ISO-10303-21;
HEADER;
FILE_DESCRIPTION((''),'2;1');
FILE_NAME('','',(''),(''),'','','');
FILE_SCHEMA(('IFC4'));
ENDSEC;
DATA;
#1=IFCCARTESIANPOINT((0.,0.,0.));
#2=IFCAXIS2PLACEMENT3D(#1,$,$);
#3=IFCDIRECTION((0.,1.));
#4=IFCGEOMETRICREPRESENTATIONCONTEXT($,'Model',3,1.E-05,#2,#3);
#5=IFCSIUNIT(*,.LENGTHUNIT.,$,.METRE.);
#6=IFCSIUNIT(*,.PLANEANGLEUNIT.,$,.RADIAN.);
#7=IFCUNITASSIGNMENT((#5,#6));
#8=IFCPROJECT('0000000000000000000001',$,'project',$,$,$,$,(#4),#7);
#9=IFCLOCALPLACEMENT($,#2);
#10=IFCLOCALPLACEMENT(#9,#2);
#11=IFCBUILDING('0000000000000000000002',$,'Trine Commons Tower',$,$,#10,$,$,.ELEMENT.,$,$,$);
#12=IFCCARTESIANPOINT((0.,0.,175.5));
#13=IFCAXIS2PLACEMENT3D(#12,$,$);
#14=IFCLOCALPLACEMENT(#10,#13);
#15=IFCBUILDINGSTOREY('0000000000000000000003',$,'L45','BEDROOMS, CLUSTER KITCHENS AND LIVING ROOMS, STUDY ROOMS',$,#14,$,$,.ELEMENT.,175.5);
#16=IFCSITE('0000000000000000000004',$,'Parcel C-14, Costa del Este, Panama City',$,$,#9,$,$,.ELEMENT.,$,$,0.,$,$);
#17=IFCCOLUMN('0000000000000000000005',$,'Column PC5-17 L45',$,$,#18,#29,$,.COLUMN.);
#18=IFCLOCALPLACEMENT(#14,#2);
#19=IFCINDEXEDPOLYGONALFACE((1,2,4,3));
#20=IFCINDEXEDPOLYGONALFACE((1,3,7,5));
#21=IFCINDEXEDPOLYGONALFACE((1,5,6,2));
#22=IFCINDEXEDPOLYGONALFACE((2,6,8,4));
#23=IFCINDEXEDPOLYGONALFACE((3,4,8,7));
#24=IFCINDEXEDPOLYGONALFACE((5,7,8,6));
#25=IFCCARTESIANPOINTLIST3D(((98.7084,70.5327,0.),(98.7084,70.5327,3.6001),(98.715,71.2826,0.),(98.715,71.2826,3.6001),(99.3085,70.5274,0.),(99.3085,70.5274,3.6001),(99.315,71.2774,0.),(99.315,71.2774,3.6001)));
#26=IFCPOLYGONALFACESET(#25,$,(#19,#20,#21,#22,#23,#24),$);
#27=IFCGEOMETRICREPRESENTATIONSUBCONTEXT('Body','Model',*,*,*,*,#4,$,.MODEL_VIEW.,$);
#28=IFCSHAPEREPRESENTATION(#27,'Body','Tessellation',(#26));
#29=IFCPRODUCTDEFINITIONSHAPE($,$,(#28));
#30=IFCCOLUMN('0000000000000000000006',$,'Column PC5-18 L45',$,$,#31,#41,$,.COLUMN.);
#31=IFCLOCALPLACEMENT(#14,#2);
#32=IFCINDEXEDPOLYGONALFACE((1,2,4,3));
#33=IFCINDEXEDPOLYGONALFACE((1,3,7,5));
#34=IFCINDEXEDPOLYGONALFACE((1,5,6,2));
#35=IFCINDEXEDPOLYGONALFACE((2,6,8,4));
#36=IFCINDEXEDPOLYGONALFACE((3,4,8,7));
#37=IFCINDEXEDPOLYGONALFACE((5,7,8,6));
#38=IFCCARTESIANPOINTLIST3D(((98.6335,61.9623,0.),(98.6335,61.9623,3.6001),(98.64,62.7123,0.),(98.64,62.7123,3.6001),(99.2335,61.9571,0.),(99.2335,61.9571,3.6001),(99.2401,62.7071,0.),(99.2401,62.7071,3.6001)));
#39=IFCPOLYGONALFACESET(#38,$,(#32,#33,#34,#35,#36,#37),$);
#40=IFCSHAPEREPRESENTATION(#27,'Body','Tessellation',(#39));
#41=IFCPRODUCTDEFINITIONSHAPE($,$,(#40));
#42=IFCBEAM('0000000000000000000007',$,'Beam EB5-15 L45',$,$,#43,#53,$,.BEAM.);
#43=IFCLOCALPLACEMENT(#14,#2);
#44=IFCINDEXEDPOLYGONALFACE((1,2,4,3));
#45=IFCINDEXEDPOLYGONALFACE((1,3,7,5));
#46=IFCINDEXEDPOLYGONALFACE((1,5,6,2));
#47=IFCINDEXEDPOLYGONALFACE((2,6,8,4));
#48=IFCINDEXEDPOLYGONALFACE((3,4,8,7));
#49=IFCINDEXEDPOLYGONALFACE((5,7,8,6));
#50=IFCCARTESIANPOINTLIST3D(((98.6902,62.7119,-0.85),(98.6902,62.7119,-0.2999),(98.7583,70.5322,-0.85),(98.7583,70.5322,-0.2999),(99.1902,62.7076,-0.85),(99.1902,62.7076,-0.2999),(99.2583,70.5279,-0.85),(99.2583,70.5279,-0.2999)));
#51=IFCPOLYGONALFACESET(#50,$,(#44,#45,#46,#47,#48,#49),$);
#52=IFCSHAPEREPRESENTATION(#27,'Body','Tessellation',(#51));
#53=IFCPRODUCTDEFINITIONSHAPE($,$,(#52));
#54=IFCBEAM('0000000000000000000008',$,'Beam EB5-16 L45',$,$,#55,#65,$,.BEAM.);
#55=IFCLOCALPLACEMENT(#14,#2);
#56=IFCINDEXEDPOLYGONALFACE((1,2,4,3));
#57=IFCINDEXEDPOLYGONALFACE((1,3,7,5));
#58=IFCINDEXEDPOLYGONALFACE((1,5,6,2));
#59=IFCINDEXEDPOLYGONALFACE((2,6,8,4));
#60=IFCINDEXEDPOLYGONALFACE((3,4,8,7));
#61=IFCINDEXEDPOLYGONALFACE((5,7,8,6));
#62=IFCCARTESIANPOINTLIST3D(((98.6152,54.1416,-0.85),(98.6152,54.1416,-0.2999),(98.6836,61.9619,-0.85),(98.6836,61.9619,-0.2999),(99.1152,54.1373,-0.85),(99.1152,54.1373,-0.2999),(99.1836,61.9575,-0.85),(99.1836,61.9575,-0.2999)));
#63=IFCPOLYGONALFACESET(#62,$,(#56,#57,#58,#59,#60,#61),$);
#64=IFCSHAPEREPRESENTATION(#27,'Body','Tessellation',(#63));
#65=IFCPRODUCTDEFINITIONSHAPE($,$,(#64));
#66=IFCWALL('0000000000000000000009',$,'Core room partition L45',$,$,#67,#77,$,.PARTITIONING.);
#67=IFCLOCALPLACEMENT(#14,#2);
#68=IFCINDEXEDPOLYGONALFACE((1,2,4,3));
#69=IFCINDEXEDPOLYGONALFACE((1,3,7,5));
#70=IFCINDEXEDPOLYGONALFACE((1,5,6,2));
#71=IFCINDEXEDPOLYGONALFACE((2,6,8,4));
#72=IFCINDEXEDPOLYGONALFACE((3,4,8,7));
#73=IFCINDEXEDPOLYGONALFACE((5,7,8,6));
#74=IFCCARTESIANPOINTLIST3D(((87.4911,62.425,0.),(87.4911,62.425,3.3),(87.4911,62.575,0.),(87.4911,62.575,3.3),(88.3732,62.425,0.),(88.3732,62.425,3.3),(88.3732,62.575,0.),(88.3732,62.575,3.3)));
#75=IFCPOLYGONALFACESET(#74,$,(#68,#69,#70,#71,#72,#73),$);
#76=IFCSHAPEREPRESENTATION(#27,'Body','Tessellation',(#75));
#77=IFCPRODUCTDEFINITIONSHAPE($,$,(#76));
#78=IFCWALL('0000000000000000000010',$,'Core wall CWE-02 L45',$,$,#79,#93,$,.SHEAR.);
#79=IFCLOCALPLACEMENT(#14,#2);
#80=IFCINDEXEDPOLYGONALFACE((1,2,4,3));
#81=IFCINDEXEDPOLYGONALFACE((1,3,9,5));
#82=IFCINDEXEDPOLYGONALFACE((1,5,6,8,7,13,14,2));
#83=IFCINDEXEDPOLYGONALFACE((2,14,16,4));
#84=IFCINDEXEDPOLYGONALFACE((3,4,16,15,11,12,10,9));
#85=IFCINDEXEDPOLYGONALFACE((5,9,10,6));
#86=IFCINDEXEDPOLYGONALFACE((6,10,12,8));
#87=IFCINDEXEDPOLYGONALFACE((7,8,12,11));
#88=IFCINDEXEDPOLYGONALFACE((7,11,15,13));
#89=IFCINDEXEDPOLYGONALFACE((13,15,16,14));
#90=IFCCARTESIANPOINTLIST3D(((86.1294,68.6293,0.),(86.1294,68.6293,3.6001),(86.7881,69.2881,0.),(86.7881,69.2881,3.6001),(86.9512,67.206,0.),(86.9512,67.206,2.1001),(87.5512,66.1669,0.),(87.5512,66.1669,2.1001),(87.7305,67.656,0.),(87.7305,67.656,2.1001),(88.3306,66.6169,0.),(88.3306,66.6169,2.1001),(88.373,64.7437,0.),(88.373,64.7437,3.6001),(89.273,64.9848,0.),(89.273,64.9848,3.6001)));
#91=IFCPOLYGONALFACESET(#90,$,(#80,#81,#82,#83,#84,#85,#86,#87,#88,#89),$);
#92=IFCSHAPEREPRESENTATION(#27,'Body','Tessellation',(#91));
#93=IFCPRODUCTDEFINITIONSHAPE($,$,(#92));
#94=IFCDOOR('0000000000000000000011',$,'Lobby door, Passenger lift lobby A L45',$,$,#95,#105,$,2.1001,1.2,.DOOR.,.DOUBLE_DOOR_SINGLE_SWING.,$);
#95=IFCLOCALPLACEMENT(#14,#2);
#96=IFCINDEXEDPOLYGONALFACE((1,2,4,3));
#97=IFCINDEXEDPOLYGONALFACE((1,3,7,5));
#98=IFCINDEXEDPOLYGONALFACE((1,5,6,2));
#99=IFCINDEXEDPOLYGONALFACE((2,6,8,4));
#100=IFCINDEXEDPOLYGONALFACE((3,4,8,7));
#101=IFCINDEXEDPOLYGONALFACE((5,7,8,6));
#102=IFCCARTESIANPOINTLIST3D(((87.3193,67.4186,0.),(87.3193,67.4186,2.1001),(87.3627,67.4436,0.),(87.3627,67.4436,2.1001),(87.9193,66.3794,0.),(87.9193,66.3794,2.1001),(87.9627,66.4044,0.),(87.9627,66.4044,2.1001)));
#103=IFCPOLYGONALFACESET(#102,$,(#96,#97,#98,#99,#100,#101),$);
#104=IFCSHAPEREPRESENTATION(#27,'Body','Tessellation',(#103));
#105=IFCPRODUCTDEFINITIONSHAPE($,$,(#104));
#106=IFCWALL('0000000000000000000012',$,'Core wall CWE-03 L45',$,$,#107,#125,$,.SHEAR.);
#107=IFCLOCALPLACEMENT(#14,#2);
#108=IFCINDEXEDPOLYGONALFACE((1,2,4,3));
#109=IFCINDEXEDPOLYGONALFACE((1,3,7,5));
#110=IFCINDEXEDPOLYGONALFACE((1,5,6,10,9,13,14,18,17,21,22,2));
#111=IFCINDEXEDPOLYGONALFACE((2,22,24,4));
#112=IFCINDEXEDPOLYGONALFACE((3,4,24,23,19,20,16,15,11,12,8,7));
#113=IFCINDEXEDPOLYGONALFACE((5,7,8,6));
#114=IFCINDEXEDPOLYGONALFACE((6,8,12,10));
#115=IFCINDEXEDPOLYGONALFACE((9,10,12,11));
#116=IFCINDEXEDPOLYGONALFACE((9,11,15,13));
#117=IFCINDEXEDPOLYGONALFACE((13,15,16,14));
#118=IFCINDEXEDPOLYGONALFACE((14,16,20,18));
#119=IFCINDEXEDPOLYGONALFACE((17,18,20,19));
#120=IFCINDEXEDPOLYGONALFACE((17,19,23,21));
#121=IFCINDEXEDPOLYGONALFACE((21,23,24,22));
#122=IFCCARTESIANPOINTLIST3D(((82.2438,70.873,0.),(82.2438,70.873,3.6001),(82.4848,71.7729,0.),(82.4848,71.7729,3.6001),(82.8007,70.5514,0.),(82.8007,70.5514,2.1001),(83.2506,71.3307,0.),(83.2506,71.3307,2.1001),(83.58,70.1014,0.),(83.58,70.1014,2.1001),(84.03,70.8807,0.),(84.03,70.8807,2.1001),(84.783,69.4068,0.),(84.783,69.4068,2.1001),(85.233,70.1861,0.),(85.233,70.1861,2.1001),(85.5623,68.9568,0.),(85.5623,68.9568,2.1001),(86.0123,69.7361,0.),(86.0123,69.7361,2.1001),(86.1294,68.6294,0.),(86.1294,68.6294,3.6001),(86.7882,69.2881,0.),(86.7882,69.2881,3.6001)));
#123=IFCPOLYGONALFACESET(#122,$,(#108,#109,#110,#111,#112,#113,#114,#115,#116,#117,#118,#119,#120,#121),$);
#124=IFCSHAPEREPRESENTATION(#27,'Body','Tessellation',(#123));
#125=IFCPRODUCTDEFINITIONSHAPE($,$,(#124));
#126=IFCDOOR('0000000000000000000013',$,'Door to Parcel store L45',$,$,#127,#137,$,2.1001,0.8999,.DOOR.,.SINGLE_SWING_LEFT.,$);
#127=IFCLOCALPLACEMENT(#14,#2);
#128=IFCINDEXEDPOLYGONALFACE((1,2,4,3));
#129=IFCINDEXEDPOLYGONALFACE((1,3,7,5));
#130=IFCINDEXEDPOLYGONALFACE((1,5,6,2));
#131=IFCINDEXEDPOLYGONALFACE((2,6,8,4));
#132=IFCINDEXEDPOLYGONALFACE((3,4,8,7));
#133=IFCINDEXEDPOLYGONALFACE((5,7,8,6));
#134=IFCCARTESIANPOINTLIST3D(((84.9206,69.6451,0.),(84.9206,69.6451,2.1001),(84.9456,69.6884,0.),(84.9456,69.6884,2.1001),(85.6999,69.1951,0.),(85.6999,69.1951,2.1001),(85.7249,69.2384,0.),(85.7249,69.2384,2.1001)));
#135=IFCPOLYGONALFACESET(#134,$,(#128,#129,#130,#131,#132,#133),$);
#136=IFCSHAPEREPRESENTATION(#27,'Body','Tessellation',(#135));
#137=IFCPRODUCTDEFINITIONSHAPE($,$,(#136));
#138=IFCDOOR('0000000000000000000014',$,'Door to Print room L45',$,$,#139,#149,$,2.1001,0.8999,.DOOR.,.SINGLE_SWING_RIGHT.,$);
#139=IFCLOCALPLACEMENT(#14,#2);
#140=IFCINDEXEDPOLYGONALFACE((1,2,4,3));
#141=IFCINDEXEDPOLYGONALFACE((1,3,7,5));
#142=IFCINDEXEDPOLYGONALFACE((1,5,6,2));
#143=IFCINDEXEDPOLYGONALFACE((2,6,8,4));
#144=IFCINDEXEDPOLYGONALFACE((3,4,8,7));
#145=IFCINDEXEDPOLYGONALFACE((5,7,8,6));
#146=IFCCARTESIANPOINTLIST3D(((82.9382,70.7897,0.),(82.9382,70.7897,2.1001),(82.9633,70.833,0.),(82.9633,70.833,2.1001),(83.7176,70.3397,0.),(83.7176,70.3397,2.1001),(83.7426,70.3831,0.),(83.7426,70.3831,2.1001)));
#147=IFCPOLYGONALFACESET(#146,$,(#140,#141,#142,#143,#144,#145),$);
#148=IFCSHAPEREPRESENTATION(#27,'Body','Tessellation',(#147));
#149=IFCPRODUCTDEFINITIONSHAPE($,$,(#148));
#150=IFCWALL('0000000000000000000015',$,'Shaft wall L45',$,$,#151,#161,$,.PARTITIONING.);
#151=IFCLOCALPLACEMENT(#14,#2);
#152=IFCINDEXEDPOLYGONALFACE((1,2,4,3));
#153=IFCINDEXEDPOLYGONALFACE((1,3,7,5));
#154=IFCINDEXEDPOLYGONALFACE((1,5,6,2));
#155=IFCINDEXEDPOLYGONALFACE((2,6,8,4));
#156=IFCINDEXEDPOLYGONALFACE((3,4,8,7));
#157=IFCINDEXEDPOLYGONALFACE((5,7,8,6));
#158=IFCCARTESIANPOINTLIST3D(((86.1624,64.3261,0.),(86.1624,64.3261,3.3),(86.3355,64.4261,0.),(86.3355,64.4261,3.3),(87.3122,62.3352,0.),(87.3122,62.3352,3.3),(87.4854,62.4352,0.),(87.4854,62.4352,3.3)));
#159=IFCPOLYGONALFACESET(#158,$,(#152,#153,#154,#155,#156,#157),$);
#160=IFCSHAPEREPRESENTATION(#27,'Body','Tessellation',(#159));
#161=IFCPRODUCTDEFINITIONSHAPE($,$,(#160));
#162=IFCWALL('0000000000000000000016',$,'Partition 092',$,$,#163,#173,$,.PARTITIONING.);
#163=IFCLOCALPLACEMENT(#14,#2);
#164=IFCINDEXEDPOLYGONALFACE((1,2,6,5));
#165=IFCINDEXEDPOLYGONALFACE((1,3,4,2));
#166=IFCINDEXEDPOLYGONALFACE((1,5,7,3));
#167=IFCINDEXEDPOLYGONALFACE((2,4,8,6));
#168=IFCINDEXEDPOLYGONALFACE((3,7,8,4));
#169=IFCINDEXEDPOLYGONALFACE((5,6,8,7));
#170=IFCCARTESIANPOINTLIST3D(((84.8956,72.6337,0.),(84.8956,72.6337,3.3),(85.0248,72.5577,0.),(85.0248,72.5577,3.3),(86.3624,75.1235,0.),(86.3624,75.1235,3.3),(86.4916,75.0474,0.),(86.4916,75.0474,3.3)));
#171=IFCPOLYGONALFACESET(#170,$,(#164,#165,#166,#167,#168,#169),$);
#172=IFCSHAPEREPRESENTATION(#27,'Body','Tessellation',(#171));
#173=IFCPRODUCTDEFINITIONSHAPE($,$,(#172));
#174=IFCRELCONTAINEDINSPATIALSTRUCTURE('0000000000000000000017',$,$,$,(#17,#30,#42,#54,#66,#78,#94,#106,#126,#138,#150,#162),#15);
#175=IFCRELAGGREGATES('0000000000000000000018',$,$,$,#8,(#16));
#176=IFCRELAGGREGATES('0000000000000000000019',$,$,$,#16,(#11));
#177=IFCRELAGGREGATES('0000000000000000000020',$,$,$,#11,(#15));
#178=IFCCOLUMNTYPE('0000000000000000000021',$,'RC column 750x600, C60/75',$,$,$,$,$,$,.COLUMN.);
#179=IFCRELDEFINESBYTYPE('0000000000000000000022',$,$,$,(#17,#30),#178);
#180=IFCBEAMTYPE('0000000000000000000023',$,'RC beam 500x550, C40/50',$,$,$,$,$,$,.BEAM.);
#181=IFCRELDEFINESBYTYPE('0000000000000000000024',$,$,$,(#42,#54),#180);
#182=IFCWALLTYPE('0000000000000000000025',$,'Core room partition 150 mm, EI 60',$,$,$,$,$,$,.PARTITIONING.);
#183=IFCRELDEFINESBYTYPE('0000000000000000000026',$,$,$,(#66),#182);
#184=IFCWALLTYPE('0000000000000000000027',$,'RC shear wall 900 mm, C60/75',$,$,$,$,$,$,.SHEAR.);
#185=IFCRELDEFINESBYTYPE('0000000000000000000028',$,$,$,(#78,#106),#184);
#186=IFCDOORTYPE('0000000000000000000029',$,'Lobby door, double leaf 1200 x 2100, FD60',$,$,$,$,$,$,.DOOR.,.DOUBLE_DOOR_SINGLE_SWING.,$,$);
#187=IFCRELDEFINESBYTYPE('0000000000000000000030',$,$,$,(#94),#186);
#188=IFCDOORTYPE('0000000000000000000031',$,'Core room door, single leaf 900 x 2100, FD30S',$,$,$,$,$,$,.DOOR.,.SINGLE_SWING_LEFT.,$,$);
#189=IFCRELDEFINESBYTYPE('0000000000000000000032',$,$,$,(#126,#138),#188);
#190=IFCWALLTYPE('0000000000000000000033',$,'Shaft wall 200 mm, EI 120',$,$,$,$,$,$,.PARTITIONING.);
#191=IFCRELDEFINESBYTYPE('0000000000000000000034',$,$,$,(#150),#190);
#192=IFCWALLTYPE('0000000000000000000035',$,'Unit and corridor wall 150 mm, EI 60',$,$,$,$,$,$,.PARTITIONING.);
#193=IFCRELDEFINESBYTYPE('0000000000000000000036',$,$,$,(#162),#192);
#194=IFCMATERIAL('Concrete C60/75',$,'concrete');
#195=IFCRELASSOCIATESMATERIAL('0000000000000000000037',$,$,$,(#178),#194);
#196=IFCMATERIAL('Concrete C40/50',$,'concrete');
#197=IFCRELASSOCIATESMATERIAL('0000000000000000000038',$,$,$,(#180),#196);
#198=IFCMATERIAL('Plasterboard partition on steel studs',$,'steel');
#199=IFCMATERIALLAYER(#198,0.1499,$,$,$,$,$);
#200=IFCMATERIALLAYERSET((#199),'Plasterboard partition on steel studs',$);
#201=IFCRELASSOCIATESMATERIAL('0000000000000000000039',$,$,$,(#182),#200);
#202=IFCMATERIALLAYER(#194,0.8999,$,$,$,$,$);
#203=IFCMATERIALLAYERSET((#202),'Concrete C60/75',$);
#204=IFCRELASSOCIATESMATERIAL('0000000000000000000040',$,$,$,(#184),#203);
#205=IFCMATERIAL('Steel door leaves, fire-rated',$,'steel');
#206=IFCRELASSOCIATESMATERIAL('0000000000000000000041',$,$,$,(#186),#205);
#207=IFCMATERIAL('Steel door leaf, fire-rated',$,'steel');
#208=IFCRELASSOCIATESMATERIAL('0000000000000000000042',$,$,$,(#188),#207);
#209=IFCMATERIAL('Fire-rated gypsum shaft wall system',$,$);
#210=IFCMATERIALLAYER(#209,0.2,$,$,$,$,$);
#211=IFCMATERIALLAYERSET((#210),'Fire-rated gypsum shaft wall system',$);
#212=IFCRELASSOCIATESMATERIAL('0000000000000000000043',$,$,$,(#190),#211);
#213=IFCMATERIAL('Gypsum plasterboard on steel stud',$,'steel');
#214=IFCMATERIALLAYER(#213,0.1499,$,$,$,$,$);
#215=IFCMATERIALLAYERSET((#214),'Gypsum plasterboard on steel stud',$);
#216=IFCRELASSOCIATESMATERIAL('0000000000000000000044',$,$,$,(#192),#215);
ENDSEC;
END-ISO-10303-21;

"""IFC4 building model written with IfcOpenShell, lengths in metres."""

from ifc_helpers import new_model, si_unit, direction, frame, frame_2d, origin, origin_2d, place, context, subcontext, project, spatial, polyline, rectangle, outline, extrude, material, layer, layer_set, material_profile, profile_set, type_object, element, fill, save


model = new_model("IFC4")

# Units and contexts
model_context = context("Model", 3, precision=1e-05, world=origin(), true_north=direction((0.0, 1.0)))
body_context = subcontext(model_context, "Body", "Model", "MODEL_VIEW")
ifc_project = project(units=[si_unit("LENGTHUNIT", "METRE"), si_unit("PLANEANGLEUNIT", "RADIAN")], contexts=[model_context])

# Site, building, storey
site_placement = place(None, origin())
site = spatial("IfcSite", under=ifc_project, at=site_placement, Name="Parcel C-14, Costa del Este, Panama City", CompositionType="ELEMENT", RefElevation=0.0)
building_placement = place(site_placement, origin())
building = spatial("IfcBuilding", under=site, at=building_placement, Name="Trine Commons Tower", CompositionType="ELEMENT")
storey_placement = place(building_placement, frame((0.0, 0.0, 175.5)))
storey = spatial("IfcBuildingStorey", under=building, at=storey_placement, Name="L45", Description="BEDROOMS, CLUSTER KITCHENS AND LIVING ROOMS, STUDY ROOMS", CompositionType="ELEMENT", Elevation=175.5)

# Columns
ifc_material_1 = material(Name="Concrete C60/75", Category="concrete")
ifc_material_profile_1 = material_profile(ifc_material_1, rectangle(XDim=0.75, YDim=0.6001, at=origin_2d()), Name="RC 750x600")
ifc_profile_set_1 = profile_set([ifc_material_profile_1], Name="Concrete C60/75")
column_type = type_object("IfcColumnType", Name="RC column 750x600, C60/75", PredefinedType="COLUMN", material=ifc_profile_set_1)
for number, where, z_axis, x_axis, name in (
    (1, (99.0117, 70.905, 0.0), (0.0, 0.0, 1.0), (0.008727, 0.999962, 0.0), "Column PC5-17 L45"),
    (2, (98.9368, 62.3347, 0.0), (0.0, 0.0, 1.0), (0.008727, 0.999962, 0.0), "Column PC5-18 L45"),
):
    element("IfcColumn", number, at=place(storey_placement, frame(where, z_axis=z_axis, x_axis=x_axis)), inside=storey, type_object=column_type, Name=name, PredefinedType="COLUMN", context=body_context, shape_type="SweptSolid", body=[
        extrude(rectangle(XDim=0.75, YDim=0.6001, at=origin_2d()), origin(), (0.0, 0.0, 1.0), 3.6001),
    ])

# Beams
ifc_material_2 = material(Name="Concrete C40/50", Category="concrete")
ifc_material_profile_2 = material_profile(ifc_material_2, rectangle(XDim=0.5, YDim=0.55, at=origin_2d()), Name="RC 500x550")
ifc_profile_set_2 = profile_set([ifc_material_profile_2], Name="Concrete C40/50")
beam_type = type_object("IfcBeamType", Name="RC beam 500x550, C40/50", PredefinedType="BEAM", material=ifc_profile_set_2)
for number, where, z_axis, x_axis, name in (
    (3, (99.0083, 70.53, -0.575), (-0.00871, -0.999962, 0.0), (0.999962, -0.00871, 0.0), "Beam EB5-15 L45"),
    (4, (98.9336, 61.9597, -0.575), (-0.008741, -0.999962, 0.0), (0.999962, -0.008741, 0.0), "Beam EB5-16 L45"),
):
    element("IfcBeam", number, at=place(storey_placement, frame(where, z_axis=z_axis, x_axis=x_axis)), inside=storey, type_object=beam_type, Name=name, PredefinedType="BEAM", context=body_context, shape_type="SweptSolid", body=[
        extrude(rectangle(XDim=0.5, YDim=0.55, at=origin_2d()), origin(), (0.0, 0.0, 1.0), 7.8206),
    ])

# Wall
ifc_material_3 = material(Name="Plasterboard partition on steel studs", Category="steel")
ifc_layer_1 = layer(ifc_material_3, 0.1499)
ifc_layer_set_1 = layer_set([ifc_layer_1], Name="Plasterboard partition on steel studs")
wall_type_1 = type_object("IfcWallType", Name="Core room partition 150 mm, EI 60", PredefinedType="PARTITIONING", material=ifc_layer_set_1)
wall_1_placement = place(storey_placement, frame((88.373, 62.5, 0.0), z_axis=(0.0, 0.0, 1.0), x_axis=(-1.0, 0.0, 0.0)))
element("IfcWall", 5, at=wall_1_placement, inside=storey, type_object=wall_type_1, Name="Core room partition L45", PredefinedType="PARTITIONING", context=body_context, shape_type="SweptSolid", body=[
    extrude(rectangle(XDim=0.8821, YDim=0.1499, at=frame_2d((0.4409, 0.0))), origin(), (0.0, 0.0, 1.0), 3.3),
])

# Wall, opening, door
ifc_layer_2 = layer(ifc_material_1, 0.8999)
ifc_layer_set_2 = layer_set([ifc_layer_2], Name="Concrete C60/75")
wall_type_2 = type_object("IfcWallType", Name="RC shear wall 900 mm, C60/75", PredefinedType="SHEAR", material=ifc_layer_set_2)
wall_2_placement = place(storey_placement, frame((88.8833, 64.7598, 0.0), z_axis=(0.0, 0.0, 1.0), x_axis=(-0.500039, 0.866003, 0.0)))
wall_2 = element("IfcWall", 6, at=wall_2_placement, inside=storey, type_object=wall_type_2, Name="Core wall CWE-02 L45", PredefinedType="SHEAR", context=body_context, shape_type="SweptSolid", body=[
    extrude(outline(polyline([(0.0, -0.45), (4.9692, -0.45), (4.728, 0.45), (0.2412, 0.45), (0.0, -0.45)])), origin(), (0.0, 0.0, 1.0), 3.6001),
])
opening_1_placement = place(wall_2_placement, frame((1.8845, 0.0, 0.0)))
opening_1 = element("IfcOpeningElement", 7, at=opening_1_placement, cuts=wall_2, PredefinedType="OPENING", context=body_context, shape_type="SweptSolid", body=[
    extrude(rectangle(XDim=1.2, YDim=2.1001, at=frame_2d((0.6001, 1.05))), frame((0.0, 0.46, 0.0), z_axis=(0.0, -1.0, 0.0), x_axis=(1.0, 0.0, 0.0)), (0.0, 0.0, 1.0), 0.9199),
])
ifc_material_4 = material(Name="Steel door leaves, fire-rated", Category="steel")
door_type_1 = type_object("IfcDoorType", Name="Lobby door, double leaf 1200 x 2100, FD60", OperationType="DOUBLE_DOOR_SINGLE_SWING", PredefinedType="DOOR", material=ifc_material_4)
door_1_placement = place(opening_1_placement, origin())
door_1 = element("IfcDoor", 8, at=door_1_placement, inside=storey, type_object=door_type_1, Name="Lobby door, Passenger lift lobby A L45", OperationType="DOUBLE_DOOR_SINGLE_SWING", OverallHeight=2.1001, OverallWidth=1.2, PredefinedType="DOOR", context=body_context, shape_type="SweptSolid", body=[
    extrude(rectangle(XDim=1.2, YDim=2.1001, at=frame_2d((0.6001, 1.05))), frame((0.0, 0.0249, 0.0), z_axis=(0.0, -1.0, 0.0), x_axis=(1.0, 0.0, 0.0)), (0.0, 0.0, 1.0), 0.05),
])
fill(opening_1, door_1)

# Wall, openings, doors
wall_3_placement = place(storey_placement, frame((86.5632, 68.8984, 0.0), z_axis=(0.0, 0.0, 1.0), x_axis=(-0.866003, 0.500039, 0.0)))
wall_3 = element("IfcWall", 9, at=wall_3_placement, inside=storey, type_object=wall_type_2, Name="Core wall CWE-03 L45", PredefinedType="SHEAR", context=body_context, shape_type="SweptSolid", body=[
    extrude(outline(polyline([(0.0, -0.45), (4.9692, -0.45), (4.728, 0.45), (0.2412, 0.45), (0.0, -0.45)])), origin(), (0.0, 0.0, 1.0), 3.6001),
])
opening_2_placement = place(wall_3_placement, frame((0.896, 0.0, 0.0)))
opening_2 = element("IfcOpeningElement", 10, at=opening_2_placement, cuts=wall_3, PredefinedType="OPENING", context=body_context, shape_type="SweptSolid", body=[
    extrude(rectangle(XDim=0.8999, YDim=2.1001, at=frame_2d((0.45, 1.05))), frame((0.0, 0.46, 0.0), z_axis=(0.0, -1.0, 0.0), x_axis=(1.0, 0.0, 0.0)), (0.0, 0.0, 1.0), 0.9199),
])
opening_3_placement = place(wall_3_placement, frame((3.1851, 0.0, 0.0)))
opening_3 = element("IfcOpeningElement", 11, at=opening_3_placement, cuts=wall_3, PredefinedType="OPENING", context=body_context, shape_type="SweptSolid", body=[
    extrude(rectangle(XDim=0.8999, YDim=2.1001, at=frame_2d((0.45, 1.05))), frame((0.0, 0.46, 0.0), z_axis=(0.0, -1.0, 0.0), x_axis=(1.0, 0.0, 0.0)), (0.0, 0.0, 1.0), 0.9199),
])
ifc_material_5 = material(Name="Steel door leaf, fire-rated", Category="steel")
door_type_2 = type_object("IfcDoorType", Name="Core room door, single leaf 900 x 2100, FD30S", OperationType="SINGLE_SWING_LEFT", PredefinedType="DOOR", material=ifc_material_5)
door_2_placement = place(opening_2_placement, origin())
door_2 = element("IfcDoor", 12, at=door_2_placement, inside=storey, type_object=door_type_2, Name="Door to Parcel store L45", OperationType="SINGLE_SWING_LEFT", OverallHeight=2.1001, OverallWidth=0.8999, PredefinedType="DOOR", context=body_context, shape_type="SweptSolid", body=[
    extrude(rectangle(XDim=0.8999, YDim=2.1001, at=frame_2d((0.45, 1.05))), frame((0.0, 0.1748, 0.0), z_axis=(0.0, -1.0, 0.0), x_axis=(1.0, 0.0, 0.0)), (0.0, 0.0, 1.0), 0.05),
])
fill(opening_2, door_2)
door_3_placement = place(opening_3_placement, origin())
door_3 = element("IfcDoor", 13, at=door_3_placement, inside=storey, type_object=door_type_2, Name="Door to Print room L45", OperationType="SINGLE_SWING_RIGHT", OverallHeight=2.1001, OverallWidth=0.8999, PredefinedType="DOOR", context=body_context, shape_type="SweptSolid", body=[
    extrude(rectangle(XDim=0.8999, YDim=2.1001, at=frame_2d((0.45, 1.05))), frame((0.0, 0.1748, 0.0), z_axis=(0.0, -1.0, 0.0), x_axis=(1.0, 0.0, 0.0)), (0.0, 0.0, 1.0), 0.05),
])
fill(opening_3, door_3)

# Walls
ifc_material_6 = material(Name="Fire-rated gypsum shaft wall system")
ifc_layer_3 = layer(ifc_material_6, 0.2)
ifc_layer_set_3 = layer_set([ifc_layer_3], Name="Fire-rated gypsum shaft wall system")
wall_type_3 = type_object("IfcWallType", Name="Shaft wall 200 mm, EI 120", PredefinedType="PARTITIONING", material=ifc_layer_set_3)
wall_4_placement = place(storey_placement, frame((86.249, 64.376, 0.0), z_axis=(0.0, 0.0, 1.0), x_axis=(0.500136, -0.865947, 0.0)))
element("IfcWall", 14, at=wall_4_placement, inside=storey, type_object=wall_type_3, Name="Shaft wall L45", PredefinedType="PARTITIONING", context=body_context, shape_type="SweptSolid", body=[
    extrude(rectangle(XDim=2.2991, YDim=0.2, at=frame_2d((1.1494, 0.0))), origin(), (0.0, 0.0, 1.0), 3.3),
])
ifc_material_7 = material(Name="Gypsum plasterboard on steel stud", Category="steel")
ifc_layer_4 = layer(ifc_material_7, 0.1499)
ifc_layer_set_4 = layer_set([ifc_layer_4], Name="Gypsum plasterboard on steel stud")
wall_type_4 = type_object("IfcWallType", Name="Unit and corridor wall 150 mm, EI 60", PredefinedType="PARTITIONING", material=ifc_layer_set_4)
wall_5_placement = place(storey_placement, frame((84.9602, 72.5957, 0.0), z_axis=(0.0, 0.0, 1.0), x_axis=(0.507596, 0.861595, 0.0)))
element("IfcWall", 15, at=wall_5_placement, inside=storey, type_object=wall_type_4, Name="Partition 092", PredefinedType="PARTITIONING", context=body_context, shape_type="SweptSolid", body=[
    extrude(rectangle(XDim=2.8896, YDim=0.1499, at=frame_2d((1.4448, 0.0))), origin(), (0.0, 0.0, 1.0), 3.3),
])

save(model, "model.ifc")
